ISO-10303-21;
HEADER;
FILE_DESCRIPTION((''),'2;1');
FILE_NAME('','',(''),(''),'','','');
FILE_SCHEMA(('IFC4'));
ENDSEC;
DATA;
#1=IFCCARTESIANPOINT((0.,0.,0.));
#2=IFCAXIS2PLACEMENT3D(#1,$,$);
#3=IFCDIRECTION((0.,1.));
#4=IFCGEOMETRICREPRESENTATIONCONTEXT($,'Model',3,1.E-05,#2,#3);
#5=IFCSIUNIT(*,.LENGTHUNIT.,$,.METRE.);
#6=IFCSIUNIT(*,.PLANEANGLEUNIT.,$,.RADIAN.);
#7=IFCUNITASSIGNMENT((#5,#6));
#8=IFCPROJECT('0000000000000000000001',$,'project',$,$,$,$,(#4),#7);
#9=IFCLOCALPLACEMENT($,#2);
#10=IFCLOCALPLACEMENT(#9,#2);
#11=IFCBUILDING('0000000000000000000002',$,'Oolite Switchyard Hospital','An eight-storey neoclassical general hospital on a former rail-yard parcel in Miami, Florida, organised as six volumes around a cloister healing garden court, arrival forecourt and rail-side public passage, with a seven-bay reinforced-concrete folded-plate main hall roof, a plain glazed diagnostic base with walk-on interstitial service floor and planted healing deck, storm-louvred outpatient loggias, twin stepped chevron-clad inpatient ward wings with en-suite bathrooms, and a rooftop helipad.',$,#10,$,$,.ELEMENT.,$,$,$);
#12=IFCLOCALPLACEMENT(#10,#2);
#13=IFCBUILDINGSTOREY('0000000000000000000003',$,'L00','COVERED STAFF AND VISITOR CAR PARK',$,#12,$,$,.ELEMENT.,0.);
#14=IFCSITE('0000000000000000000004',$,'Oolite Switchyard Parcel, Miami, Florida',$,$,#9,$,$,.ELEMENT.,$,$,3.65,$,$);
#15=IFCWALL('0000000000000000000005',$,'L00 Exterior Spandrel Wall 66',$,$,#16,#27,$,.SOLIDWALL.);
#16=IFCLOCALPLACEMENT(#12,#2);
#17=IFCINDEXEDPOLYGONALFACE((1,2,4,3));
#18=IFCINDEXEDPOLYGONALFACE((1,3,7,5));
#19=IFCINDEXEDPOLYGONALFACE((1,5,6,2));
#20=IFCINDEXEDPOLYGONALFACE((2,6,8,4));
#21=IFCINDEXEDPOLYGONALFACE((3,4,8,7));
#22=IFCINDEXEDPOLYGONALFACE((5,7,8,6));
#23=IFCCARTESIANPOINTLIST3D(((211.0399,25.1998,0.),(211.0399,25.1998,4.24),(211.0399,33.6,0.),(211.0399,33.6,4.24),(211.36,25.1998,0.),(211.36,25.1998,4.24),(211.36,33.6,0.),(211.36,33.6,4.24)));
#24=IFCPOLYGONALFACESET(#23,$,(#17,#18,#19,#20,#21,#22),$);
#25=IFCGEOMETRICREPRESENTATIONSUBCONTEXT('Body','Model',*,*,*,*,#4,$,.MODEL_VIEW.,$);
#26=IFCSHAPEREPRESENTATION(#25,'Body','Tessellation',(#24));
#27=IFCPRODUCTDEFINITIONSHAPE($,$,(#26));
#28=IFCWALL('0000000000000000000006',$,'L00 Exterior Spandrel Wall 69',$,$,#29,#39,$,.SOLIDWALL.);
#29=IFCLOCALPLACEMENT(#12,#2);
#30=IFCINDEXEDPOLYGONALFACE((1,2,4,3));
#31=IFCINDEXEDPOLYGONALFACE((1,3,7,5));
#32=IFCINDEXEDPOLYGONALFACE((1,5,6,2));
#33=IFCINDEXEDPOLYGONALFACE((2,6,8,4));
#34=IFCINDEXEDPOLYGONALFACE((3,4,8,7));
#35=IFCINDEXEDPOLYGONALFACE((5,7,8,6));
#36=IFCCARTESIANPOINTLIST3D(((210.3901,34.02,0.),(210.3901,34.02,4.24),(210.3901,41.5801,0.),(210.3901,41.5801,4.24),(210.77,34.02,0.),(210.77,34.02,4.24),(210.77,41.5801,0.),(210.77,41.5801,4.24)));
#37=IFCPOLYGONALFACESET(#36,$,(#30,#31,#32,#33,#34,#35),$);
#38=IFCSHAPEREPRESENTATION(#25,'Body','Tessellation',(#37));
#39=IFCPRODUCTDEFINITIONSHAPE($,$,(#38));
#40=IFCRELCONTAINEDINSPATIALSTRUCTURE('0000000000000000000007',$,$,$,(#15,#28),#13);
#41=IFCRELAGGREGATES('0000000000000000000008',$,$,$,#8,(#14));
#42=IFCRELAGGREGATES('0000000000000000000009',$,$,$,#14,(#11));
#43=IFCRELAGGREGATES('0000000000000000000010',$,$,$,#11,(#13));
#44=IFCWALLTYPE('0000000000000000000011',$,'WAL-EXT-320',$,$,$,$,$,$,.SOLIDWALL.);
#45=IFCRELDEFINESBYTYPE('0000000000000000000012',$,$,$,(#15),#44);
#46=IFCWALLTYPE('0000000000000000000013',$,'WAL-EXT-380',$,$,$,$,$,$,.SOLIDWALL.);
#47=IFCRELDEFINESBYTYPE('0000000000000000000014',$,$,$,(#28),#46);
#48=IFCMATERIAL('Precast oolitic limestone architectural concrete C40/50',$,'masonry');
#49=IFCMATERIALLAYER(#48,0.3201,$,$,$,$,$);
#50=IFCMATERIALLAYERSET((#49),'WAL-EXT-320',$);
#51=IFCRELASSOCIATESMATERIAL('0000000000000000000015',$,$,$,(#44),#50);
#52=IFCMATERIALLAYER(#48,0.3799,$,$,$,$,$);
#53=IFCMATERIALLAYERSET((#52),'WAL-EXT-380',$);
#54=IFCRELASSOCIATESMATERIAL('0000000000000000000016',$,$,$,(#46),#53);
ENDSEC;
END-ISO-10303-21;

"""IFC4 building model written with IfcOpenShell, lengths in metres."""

from ifc_helpers import new_model, si_unit, direction, frame, frame_2d, origin, place, context, subcontext, project, spatial, rectangle, extrude, material, layer, layer_set, type_object, element, save


model = new_model("IFC4")

# Units and contexts
model_context = context("Model", 3, precision=1e-05, world=origin(), true_north=direction((0.0, 1.0)))
body_context = subcontext(model_context, "Body", "Model", "MODEL_VIEW")
ifc_project = project(units=[si_unit("LENGTHUNIT", "METRE"), si_unit("PLANEANGLEUNIT", "RADIAN")], contexts=[model_context])

# Site, building, storey
site_placement = place(None, origin())
site = spatial("IfcSite", under=ifc_project, at=site_placement, Name="Oolite Switchyard Parcel, Miami, Florida", CompositionType="ELEMENT", RefElevation=3.65)
building_placement = place(site_placement, origin())
building = spatial("IfcBuilding", under=site, at=building_placement, Name="Oolite Switchyard Hospital", Description="An eight-storey neoclassical general hospital on a former rail-yard parcel in Miami, Florida, organised as six volumes around a cloister healing garden court, arrival forecourt and rail-side public passage, with a seven-bay reinforced-concrete folded-plate main hall roof, a plain glazed diagnostic base with walk-on interstitial service floor and planted healing deck, storm-louvred outpatient loggias, twin stepped chevron-clad inpatient ward wings with en-suite bathrooms, and a rooftop helipad.", CompositionType="ELEMENT")
storey_placement = place(building_placement, origin())
storey = spatial("IfcBuildingStorey", under=building, at=storey_placement, Name="L00", Description="COVERED STAFF AND VISITOR CAR PARK", CompositionType="ELEMENT", Elevation=0.0)

# Walls
ifc_material_1 = material(Name="Precast oolitic limestone architectural concrete C40/50", Category="masonry")
ifc_layer_1 = layer(ifc_material_1, 0.3201)
ifc_layer_set_1 = layer_set([ifc_layer_1], Name="WAL-EXT-320")
wall_type_1 = type_object("IfcWallType", Name="WAL-EXT-320", PredefinedType="SOLIDWALL", material=ifc_layer_set_1)
wall_1_placement = place(storey_placement, frame((211.2, 33.6001, 0.0), z_axis=(0.0, 0.0, 1.0), x_axis=(0.0, -1.0, 0.0)))
element("IfcWall", 1, at=wall_1_placement, inside=storey, type_object=wall_type_1, Name="L00 Exterior Spandrel Wall 66", PredefinedType="SOLIDWALL", context=body_context, shape_type="SweptSolid", body=[
    extrude(rectangle(XDim=8.4001, YDim=0.3201, at=frame_2d((4.2002, 0.0))), origin(), (0.0, 0.0, 1.0), 4.24),
])
ifc_layer_2 = layer(ifc_material_1, 0.3799)
ifc_layer_set_2 = layer_set([ifc_layer_2], Name="WAL-EXT-380")
wall_type_2 = type_object("IfcWallType", Name="WAL-EXT-380", PredefinedType="SOLIDWALL", material=ifc_layer_set_2)
wall_2_placement = place(storey_placement, frame((210.5801, 41.5801, 0.0), z_axis=(0.0, 0.0, 1.0), x_axis=(0.0, -1.0, 0.0)))
element("IfcWall", 2, at=wall_2_placement, inside=storey, type_object=wall_type_2, Name="L00 Exterior Spandrel Wall 69", PredefinedType="SOLIDWALL", context=body_context, shape_type="SweptSolid", body=[
    extrude(rectangle(XDim=7.5601, YDim=0.3799, at=frame_2d((3.78, 0.0))), origin(), (0.0, 0.0, 1.0), 4.24),
])

save(model, "model.ifc")
